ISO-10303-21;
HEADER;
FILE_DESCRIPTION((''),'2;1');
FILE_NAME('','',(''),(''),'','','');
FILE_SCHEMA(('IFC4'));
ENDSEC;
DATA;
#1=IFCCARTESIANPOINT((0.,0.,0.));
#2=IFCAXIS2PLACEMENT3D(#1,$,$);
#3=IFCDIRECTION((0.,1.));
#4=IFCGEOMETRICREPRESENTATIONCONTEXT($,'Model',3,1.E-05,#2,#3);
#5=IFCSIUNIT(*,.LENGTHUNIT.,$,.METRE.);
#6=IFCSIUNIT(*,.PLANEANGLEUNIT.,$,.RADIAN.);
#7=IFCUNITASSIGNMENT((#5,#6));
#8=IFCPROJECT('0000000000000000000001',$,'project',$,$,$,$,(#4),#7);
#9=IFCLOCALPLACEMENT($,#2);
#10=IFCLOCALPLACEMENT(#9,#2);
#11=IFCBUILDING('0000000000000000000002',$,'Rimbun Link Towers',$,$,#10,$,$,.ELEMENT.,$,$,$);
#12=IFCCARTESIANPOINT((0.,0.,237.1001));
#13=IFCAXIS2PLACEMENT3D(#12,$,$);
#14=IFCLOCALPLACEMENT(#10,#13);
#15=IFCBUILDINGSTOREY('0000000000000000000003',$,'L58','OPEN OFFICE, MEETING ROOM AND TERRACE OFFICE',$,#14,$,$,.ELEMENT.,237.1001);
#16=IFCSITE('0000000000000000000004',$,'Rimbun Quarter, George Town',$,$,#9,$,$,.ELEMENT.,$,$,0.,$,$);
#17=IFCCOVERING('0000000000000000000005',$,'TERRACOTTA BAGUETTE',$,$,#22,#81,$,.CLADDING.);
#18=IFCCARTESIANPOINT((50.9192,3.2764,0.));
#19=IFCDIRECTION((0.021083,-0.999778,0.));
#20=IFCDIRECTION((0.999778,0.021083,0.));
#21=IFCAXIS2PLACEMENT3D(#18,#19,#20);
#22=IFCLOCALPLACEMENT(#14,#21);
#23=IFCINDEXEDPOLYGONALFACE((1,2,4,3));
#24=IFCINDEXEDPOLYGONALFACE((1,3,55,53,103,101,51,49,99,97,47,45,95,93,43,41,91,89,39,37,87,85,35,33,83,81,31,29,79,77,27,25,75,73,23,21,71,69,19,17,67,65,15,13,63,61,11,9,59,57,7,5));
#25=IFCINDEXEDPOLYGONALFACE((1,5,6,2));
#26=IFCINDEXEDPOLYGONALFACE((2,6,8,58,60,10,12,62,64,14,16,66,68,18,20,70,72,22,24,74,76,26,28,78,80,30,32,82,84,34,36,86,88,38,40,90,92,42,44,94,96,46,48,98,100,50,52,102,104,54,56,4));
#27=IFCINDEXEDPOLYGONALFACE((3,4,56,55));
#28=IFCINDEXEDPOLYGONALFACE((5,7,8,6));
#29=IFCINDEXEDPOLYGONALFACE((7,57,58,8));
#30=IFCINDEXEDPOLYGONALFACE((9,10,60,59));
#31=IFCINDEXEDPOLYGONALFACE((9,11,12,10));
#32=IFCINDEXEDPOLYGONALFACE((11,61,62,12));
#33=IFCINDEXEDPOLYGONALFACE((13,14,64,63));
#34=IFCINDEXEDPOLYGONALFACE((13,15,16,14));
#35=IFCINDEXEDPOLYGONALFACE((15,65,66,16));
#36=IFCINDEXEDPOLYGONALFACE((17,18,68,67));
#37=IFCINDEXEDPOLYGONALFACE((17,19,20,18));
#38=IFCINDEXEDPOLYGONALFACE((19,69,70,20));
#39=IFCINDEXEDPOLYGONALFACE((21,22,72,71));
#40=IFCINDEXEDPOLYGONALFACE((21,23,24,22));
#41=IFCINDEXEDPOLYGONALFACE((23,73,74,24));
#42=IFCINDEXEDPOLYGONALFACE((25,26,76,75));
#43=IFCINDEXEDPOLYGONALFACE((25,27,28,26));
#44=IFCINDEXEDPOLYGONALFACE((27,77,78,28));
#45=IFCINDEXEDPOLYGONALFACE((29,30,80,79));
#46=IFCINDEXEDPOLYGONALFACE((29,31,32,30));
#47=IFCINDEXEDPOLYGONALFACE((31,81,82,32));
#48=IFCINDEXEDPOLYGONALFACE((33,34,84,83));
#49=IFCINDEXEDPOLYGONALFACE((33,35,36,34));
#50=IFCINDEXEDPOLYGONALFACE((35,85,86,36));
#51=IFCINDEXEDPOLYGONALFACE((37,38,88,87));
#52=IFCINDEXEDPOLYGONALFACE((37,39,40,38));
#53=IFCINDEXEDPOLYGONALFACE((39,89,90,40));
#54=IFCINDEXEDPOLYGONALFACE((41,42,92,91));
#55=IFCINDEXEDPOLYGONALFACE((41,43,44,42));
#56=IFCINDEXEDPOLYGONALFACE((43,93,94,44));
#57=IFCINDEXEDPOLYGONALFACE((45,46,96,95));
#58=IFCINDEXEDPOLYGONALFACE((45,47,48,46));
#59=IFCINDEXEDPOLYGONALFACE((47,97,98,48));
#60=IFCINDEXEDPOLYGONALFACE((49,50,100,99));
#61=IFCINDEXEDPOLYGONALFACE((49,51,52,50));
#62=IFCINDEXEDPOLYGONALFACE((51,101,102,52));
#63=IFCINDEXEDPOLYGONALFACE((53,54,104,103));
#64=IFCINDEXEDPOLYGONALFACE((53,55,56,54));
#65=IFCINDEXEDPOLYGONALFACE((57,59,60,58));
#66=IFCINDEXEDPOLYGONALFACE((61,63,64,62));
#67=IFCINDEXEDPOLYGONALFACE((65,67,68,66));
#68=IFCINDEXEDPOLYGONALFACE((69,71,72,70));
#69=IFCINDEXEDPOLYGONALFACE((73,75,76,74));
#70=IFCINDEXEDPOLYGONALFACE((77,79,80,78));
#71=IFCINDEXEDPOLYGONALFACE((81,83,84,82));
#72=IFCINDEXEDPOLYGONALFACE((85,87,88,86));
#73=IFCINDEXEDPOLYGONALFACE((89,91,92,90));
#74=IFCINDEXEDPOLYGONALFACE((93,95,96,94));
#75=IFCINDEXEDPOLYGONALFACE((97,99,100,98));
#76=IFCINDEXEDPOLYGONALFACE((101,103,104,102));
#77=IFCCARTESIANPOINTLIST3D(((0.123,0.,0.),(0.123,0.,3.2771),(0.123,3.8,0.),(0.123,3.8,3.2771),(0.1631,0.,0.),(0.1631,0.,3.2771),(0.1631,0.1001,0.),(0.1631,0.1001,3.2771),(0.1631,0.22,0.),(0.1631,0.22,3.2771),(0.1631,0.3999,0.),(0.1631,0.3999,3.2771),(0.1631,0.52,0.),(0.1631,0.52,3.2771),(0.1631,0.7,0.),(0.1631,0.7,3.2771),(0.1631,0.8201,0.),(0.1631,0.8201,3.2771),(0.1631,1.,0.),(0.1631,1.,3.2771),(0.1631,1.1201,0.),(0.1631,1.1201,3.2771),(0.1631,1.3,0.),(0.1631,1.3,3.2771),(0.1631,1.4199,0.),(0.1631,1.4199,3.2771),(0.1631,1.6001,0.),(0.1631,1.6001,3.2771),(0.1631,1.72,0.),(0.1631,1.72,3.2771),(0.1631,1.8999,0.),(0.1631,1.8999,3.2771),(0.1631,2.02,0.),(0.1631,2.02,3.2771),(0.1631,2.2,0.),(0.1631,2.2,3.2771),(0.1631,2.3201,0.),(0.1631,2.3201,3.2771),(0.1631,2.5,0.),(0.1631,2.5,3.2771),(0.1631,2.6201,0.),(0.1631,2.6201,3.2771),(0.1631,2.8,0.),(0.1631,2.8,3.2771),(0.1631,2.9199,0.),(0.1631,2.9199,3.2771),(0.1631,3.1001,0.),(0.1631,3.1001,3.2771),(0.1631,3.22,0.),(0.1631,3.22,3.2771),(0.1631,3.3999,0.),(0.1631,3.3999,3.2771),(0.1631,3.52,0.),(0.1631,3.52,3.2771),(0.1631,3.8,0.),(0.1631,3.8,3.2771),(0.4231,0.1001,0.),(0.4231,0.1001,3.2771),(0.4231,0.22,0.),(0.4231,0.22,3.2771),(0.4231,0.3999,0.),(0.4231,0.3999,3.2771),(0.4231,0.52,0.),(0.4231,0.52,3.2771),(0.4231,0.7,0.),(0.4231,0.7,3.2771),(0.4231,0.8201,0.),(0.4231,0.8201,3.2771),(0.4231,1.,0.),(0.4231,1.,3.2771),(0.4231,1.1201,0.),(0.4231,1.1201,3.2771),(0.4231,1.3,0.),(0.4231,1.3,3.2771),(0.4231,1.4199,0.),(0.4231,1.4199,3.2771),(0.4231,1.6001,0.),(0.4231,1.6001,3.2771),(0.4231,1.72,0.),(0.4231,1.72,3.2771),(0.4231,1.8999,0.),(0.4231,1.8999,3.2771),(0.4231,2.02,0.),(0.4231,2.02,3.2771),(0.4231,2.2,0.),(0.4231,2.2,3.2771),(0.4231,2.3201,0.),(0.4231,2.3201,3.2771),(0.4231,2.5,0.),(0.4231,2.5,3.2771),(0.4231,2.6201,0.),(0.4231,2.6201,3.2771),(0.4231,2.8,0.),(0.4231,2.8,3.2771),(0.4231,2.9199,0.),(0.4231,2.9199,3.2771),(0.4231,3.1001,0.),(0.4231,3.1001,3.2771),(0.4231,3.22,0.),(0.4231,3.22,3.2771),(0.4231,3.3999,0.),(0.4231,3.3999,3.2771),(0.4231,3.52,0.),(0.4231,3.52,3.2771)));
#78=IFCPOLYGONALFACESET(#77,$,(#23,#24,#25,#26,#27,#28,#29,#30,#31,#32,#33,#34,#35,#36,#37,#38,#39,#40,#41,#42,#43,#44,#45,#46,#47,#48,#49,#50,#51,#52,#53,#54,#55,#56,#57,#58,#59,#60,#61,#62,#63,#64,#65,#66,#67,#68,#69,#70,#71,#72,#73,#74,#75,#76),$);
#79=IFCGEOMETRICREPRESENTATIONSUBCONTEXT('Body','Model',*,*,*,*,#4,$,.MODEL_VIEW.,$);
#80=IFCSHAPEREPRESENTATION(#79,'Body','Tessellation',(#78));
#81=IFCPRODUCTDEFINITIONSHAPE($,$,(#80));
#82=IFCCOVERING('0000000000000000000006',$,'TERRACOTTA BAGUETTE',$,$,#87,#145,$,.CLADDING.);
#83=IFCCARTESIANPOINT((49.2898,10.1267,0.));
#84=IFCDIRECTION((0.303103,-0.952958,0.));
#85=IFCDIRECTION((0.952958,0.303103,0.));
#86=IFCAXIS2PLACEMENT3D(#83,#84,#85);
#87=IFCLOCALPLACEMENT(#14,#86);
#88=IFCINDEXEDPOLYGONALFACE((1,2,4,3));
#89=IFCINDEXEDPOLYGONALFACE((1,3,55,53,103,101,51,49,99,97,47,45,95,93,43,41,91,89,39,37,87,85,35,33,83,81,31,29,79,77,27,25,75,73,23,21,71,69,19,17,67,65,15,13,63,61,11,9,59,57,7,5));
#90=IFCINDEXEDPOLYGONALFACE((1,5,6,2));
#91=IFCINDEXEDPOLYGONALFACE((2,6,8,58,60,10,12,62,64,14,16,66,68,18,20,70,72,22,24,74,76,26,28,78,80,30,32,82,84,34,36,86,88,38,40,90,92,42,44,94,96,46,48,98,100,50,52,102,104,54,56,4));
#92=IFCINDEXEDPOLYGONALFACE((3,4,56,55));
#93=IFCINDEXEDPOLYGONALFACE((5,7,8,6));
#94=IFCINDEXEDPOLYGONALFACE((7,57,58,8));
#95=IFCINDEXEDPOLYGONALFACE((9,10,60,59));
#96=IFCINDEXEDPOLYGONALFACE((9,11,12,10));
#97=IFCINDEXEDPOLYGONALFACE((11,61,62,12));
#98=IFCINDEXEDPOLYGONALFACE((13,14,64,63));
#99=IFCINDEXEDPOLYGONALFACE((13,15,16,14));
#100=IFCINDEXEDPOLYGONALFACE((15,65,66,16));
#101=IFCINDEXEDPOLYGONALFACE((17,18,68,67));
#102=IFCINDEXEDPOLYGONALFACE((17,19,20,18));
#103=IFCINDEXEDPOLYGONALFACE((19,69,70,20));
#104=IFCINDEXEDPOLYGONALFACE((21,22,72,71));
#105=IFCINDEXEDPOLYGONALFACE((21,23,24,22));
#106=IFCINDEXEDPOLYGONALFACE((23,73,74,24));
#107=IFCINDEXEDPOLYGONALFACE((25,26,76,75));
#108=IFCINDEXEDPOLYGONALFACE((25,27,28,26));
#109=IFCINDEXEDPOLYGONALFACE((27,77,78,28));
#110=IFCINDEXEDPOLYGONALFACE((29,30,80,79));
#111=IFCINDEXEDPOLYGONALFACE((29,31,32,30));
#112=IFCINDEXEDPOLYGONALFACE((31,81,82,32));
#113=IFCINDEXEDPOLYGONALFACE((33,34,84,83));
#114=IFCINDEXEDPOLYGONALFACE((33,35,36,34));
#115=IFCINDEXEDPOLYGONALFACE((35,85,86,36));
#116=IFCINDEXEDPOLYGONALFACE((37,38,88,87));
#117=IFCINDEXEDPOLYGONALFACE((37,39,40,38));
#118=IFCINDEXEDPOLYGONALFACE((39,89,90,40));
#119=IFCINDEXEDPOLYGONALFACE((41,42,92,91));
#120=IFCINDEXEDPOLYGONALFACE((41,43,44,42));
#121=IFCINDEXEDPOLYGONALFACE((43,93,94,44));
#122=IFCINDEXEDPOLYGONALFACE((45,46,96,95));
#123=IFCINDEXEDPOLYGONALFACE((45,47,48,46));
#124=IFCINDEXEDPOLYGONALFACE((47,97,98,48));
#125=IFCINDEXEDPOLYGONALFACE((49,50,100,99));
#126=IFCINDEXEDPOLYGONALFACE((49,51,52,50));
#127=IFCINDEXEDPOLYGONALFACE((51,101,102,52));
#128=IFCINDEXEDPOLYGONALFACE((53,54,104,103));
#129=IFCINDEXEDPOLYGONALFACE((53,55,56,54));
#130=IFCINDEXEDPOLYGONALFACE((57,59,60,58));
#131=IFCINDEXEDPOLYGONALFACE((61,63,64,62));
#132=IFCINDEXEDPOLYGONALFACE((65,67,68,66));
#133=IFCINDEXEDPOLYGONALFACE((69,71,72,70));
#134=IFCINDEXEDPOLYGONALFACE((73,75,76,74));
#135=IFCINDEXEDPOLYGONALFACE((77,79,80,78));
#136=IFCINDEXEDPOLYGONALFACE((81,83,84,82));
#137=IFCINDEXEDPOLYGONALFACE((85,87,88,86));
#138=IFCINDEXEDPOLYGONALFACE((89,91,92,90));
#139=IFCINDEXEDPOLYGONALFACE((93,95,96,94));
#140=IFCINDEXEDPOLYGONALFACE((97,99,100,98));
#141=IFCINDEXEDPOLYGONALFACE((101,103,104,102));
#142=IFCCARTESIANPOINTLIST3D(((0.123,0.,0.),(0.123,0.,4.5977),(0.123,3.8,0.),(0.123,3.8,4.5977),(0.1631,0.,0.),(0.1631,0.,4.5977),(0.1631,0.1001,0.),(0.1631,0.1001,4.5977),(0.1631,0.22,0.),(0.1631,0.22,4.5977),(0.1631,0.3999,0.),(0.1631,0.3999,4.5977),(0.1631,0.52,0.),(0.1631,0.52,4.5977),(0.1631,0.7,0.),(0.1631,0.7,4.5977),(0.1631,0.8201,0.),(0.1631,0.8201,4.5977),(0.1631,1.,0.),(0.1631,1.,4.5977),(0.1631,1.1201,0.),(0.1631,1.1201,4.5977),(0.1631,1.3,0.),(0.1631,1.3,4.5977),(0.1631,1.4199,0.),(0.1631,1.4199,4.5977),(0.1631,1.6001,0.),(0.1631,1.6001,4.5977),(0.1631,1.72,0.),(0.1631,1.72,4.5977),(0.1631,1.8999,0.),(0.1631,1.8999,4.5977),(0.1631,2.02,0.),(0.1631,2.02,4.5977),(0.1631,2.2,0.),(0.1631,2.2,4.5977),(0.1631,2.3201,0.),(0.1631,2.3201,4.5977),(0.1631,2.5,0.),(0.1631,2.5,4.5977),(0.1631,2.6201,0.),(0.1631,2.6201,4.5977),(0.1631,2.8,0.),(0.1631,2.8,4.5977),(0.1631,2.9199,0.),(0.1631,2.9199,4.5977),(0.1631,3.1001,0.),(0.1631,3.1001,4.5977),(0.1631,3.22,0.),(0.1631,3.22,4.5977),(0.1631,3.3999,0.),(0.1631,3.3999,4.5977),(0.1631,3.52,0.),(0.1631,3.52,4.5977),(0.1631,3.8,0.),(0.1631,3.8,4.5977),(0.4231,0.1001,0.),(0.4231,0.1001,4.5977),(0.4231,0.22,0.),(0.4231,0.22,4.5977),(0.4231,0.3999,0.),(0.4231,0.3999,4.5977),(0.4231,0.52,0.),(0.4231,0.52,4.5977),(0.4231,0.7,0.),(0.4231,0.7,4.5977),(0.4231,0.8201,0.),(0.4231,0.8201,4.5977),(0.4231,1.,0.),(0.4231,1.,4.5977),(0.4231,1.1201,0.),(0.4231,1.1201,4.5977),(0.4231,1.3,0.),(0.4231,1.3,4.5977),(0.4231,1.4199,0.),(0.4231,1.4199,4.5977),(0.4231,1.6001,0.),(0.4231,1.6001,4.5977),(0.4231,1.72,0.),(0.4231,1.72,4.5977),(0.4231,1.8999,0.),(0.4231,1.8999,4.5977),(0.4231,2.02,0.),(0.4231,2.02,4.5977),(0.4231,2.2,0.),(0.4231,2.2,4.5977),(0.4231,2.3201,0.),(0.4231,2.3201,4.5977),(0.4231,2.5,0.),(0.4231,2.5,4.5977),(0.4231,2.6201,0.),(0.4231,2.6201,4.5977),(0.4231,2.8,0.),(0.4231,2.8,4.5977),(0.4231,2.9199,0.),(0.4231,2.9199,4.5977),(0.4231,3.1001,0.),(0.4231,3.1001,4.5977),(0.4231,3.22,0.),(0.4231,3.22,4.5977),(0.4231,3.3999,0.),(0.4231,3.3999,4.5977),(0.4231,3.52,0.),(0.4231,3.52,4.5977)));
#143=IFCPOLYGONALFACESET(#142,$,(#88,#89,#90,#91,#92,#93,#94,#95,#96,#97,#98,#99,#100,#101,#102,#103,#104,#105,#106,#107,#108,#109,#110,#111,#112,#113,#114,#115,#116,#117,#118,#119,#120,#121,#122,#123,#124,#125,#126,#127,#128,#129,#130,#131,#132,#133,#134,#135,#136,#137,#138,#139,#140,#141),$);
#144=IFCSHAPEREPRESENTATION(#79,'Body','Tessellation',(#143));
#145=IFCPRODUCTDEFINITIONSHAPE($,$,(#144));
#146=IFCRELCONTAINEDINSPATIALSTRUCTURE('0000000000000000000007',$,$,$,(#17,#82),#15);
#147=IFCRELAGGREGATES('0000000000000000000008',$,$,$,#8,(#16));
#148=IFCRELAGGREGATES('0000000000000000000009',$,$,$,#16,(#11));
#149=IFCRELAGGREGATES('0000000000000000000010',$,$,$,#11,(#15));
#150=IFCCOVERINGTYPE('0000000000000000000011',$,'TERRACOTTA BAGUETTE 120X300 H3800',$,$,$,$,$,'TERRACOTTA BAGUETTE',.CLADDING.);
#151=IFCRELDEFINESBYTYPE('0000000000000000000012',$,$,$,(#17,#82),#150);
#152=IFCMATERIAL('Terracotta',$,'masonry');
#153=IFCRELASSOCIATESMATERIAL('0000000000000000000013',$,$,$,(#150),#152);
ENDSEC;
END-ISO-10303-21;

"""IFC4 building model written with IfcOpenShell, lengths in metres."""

from ifc_helpers import new_model, si_unit, direction, frame, origin, place, context, subcontext, project, spatial, polyline, outline, extrude, material, material_profile, profile_set, type_object, element, save


model = new_model("IFC4")

# Units and contexts
model_context = context("Model", 3, precision=1e-05, world=origin(), true_north=direction((0.0, 1.0)))
body_context = subcontext(model_context, "Body", "Model", "MODEL_VIEW")
ifc_project = project(units=[si_unit("LENGTHUNIT", "METRE"), si_unit("PLANEANGLEUNIT", "RADIAN")], contexts=[model_context])

# Site, building, storey
site_placement = place(None, origin())
site = spatial("IfcSite", under=ifc_project, at=site_placement, Name="Rimbun Quarter, George Town", CompositionType="ELEMENT", RefElevation=0.0)
building_placement = place(site_placement, origin())
building = spatial("IfcBuilding", under=site, at=building_placement, Name="Rimbun Link Towers", CompositionType="ELEMENT")
storey_placement = place(building_placement, frame((0.0, 0.0, 237.1001)))
storey = spatial("IfcBuildingStorey", under=building, at=storey_placement, Name="L58", Description="OPEN OFFICE, MEETING ROOM AND TERRACE OFFICE", CompositionType="ELEMENT", Elevation=237.1001)

# Coverings
ifc_material_1 = material(Name="Terracotta", Category="masonry")
ifc_material_profile_1 = material_profile(ifc_material_1, outline(polyline([(0.123, 0.0), (0.1631, 0.0), (0.1631, 0.1001), (0.4231, 0.1001), (0.4231, 0.22), (0.1631, 0.22), (0.1631, 0.3999), (0.4231, 0.3999), (0.4231, 0.52), (0.1631, 0.52), (0.1631, 0.7), (0.4231, 0.7), (0.4231, 0.8201), (0.1631, 0.8201), (0.1631, 1.0), (0.4231, 1.0), (0.4231, 1.1201), (0.1631, 1.1201), (0.1631, 1.3), (0.4231, 1.3), (0.4231, 1.4199), (0.1631, 1.4199), (0.1631, 1.6001), (0.4231, 1.6001), (0.4231, 1.72), (0.1631, 1.72), (0.1631, 1.8999), (0.4231, 1.8999), (0.4231, 2.02), (0.1631, 2.02), (0.1631, 2.2), (0.4231, 2.2), (0.4231, 2.3201), (0.1631, 2.3201), (0.1631, 2.5), (0.4231, 2.5), (0.4231, 2.6201), (0.1631, 2.6201), (0.1631, 2.8), (0.4231, 2.8), (0.4231, 2.9199), (0.1631, 2.9199), (0.1631, 3.1001), (0.4231, 3.1001), (0.4231, 3.22), (0.1631, 3.22), (0.1631, 3.3999), (0.4231, 3.3999), (0.4231, 3.52), (0.1631, 3.52), (0.1631, 3.8), (0.123, 3.8), (0.123, 0.0)])), Name="BAGUETTE 120X300")
ifc_profile_set_1 = profile_set([ifc_material_profile_1], Name="Terracotta")
covering_type = type_object("IfcCoveringType", Name="TERRACOTTA BAGUETTE 120X300 H3800", ElementType="TERRACOTTA BAGUETTE", PredefinedType="CLADDING", material=ifc_profile_set_1)
covering_1_placement = place(storey_placement, frame((50.9192, 3.2764, 0.0), z_axis=(0.021083, -0.999778, 0.0), x_axis=(0.999778, 0.021083, 0.0)))
element("IfcCovering", 1, at=covering_1_placement, inside=storey, type_object=covering_type, Name="TERRACOTTA BAGUETTE", PredefinedType="CLADDING", context=body_context, shape_type="SweptSolid", body=[
    extrude(outline(polyline([(0.123, 0.0), (0.1631, 0.0), (0.1631, 0.1001), (0.4231, 0.1001), (0.4231, 0.22), (0.1631, 0.22), (0.1631, 0.3999), (0.4231, 0.3999), (0.4231, 0.52), (0.1631, 0.52), (0.1631, 0.7), (0.4231, 0.7), (0.4231, 0.8201), (0.1631, 0.8201), (0.1631, 1.0), (0.4231, 1.0), (0.4231, 1.1201), (0.1631, 1.1201), (0.1631, 1.3), (0.4231, 1.3), (0.4231, 1.4199), (0.1631, 1.4199), (0.1631, 1.6001), (0.4231, 1.6001), (0.4231, 1.72), (0.1631, 1.72), (0.1631, 1.8999), (0.4231, 1.8999), (0.4231, 2.02), (0.1631, 2.02), (0.1631, 2.2), (0.4231, 2.2), (0.4231, 2.3201), (0.1631, 2.3201), (0.1631, 2.5), (0.4231, 2.5), (0.4231, 2.6201), (0.1631, 2.6201), (0.1631, 2.8), (0.4231, 2.8), (0.4231, 2.9199), (0.1631, 2.9199), (0.1631, 3.1001), (0.4231, 3.1001), (0.4231, 3.22), (0.1631, 3.22), (0.1631, 3.3999), (0.4231, 3.3999), (0.4231, 3.52), (0.1631, 3.52), (0.1631, 3.8), (0.123, 3.8), (0.123, 0.0)])), origin(), (0.0, 0.0, 1.0), 3.2771),
])
covering_2_placement = place(storey_placement, frame((49.2898, 10.1267, 0.0), z_axis=(0.303103, -0.952958, 0.0), x_axis=(0.952958, 0.303103, 0.0)))
element("IfcCovering", 2, at=covering_2_placement, inside=storey, type_object=covering_type, Name="TERRACOTTA BAGUETTE", PredefinedType="CLADDING", context=body_context, shape_type="SweptSolid", body=[
    extrude(outline(polyline([(0.123, 0.0), (0.1631, 0.0), (0.1631, 0.1001), (0.4231, 0.1001), (0.4231, 0.22), (0.1631, 0.22), (0.1631, 0.3999), (0.4231, 0.3999), (0.4231, 0.52), (0.1631, 0.52), (0.1631, 0.7), (0.4231, 0.7), (0.4231, 0.8201), (0.1631, 0.8201), (0.1631, 1.0), (0.4231, 1.0), (0.4231, 1.1201), (0.1631, 1.1201), (0.1631, 1.3), (0.4231, 1.3), (0.4231, 1.4199), (0.1631, 1.4199), (0.1631, 1.6001), (0.4231, 1.6001), (0.4231, 1.72), (0.1631, 1.72), (0.1631, 1.8999), (0.4231, 1.8999), (0.4231, 2.02), (0.1631, 2.02), (0.1631, 2.2), (0.4231, 2.2), (0.4231, 2.3201), (0.1631, 2.3201), (0.1631, 2.5), (0.4231, 2.5), (0.4231, 2.6201), (0.1631, 2.6201), (0.1631, 2.8), (0.4231, 2.8), (0.4231, 2.9199), (0.1631, 2.9199), (0.1631, 3.1001), (0.4231, 3.1001), (0.4231, 3.22), (0.1631, 3.22), (0.1631, 3.3999), (0.4231, 3.3999), (0.4231, 3.52), (0.1631, 3.52), (0.1631, 3.8), (0.123, 3.8), (0.123, 0.0)])), origin(), (0.0, 0.0, 1.0), 4.5977),
])

save(model, "model.ifc")
